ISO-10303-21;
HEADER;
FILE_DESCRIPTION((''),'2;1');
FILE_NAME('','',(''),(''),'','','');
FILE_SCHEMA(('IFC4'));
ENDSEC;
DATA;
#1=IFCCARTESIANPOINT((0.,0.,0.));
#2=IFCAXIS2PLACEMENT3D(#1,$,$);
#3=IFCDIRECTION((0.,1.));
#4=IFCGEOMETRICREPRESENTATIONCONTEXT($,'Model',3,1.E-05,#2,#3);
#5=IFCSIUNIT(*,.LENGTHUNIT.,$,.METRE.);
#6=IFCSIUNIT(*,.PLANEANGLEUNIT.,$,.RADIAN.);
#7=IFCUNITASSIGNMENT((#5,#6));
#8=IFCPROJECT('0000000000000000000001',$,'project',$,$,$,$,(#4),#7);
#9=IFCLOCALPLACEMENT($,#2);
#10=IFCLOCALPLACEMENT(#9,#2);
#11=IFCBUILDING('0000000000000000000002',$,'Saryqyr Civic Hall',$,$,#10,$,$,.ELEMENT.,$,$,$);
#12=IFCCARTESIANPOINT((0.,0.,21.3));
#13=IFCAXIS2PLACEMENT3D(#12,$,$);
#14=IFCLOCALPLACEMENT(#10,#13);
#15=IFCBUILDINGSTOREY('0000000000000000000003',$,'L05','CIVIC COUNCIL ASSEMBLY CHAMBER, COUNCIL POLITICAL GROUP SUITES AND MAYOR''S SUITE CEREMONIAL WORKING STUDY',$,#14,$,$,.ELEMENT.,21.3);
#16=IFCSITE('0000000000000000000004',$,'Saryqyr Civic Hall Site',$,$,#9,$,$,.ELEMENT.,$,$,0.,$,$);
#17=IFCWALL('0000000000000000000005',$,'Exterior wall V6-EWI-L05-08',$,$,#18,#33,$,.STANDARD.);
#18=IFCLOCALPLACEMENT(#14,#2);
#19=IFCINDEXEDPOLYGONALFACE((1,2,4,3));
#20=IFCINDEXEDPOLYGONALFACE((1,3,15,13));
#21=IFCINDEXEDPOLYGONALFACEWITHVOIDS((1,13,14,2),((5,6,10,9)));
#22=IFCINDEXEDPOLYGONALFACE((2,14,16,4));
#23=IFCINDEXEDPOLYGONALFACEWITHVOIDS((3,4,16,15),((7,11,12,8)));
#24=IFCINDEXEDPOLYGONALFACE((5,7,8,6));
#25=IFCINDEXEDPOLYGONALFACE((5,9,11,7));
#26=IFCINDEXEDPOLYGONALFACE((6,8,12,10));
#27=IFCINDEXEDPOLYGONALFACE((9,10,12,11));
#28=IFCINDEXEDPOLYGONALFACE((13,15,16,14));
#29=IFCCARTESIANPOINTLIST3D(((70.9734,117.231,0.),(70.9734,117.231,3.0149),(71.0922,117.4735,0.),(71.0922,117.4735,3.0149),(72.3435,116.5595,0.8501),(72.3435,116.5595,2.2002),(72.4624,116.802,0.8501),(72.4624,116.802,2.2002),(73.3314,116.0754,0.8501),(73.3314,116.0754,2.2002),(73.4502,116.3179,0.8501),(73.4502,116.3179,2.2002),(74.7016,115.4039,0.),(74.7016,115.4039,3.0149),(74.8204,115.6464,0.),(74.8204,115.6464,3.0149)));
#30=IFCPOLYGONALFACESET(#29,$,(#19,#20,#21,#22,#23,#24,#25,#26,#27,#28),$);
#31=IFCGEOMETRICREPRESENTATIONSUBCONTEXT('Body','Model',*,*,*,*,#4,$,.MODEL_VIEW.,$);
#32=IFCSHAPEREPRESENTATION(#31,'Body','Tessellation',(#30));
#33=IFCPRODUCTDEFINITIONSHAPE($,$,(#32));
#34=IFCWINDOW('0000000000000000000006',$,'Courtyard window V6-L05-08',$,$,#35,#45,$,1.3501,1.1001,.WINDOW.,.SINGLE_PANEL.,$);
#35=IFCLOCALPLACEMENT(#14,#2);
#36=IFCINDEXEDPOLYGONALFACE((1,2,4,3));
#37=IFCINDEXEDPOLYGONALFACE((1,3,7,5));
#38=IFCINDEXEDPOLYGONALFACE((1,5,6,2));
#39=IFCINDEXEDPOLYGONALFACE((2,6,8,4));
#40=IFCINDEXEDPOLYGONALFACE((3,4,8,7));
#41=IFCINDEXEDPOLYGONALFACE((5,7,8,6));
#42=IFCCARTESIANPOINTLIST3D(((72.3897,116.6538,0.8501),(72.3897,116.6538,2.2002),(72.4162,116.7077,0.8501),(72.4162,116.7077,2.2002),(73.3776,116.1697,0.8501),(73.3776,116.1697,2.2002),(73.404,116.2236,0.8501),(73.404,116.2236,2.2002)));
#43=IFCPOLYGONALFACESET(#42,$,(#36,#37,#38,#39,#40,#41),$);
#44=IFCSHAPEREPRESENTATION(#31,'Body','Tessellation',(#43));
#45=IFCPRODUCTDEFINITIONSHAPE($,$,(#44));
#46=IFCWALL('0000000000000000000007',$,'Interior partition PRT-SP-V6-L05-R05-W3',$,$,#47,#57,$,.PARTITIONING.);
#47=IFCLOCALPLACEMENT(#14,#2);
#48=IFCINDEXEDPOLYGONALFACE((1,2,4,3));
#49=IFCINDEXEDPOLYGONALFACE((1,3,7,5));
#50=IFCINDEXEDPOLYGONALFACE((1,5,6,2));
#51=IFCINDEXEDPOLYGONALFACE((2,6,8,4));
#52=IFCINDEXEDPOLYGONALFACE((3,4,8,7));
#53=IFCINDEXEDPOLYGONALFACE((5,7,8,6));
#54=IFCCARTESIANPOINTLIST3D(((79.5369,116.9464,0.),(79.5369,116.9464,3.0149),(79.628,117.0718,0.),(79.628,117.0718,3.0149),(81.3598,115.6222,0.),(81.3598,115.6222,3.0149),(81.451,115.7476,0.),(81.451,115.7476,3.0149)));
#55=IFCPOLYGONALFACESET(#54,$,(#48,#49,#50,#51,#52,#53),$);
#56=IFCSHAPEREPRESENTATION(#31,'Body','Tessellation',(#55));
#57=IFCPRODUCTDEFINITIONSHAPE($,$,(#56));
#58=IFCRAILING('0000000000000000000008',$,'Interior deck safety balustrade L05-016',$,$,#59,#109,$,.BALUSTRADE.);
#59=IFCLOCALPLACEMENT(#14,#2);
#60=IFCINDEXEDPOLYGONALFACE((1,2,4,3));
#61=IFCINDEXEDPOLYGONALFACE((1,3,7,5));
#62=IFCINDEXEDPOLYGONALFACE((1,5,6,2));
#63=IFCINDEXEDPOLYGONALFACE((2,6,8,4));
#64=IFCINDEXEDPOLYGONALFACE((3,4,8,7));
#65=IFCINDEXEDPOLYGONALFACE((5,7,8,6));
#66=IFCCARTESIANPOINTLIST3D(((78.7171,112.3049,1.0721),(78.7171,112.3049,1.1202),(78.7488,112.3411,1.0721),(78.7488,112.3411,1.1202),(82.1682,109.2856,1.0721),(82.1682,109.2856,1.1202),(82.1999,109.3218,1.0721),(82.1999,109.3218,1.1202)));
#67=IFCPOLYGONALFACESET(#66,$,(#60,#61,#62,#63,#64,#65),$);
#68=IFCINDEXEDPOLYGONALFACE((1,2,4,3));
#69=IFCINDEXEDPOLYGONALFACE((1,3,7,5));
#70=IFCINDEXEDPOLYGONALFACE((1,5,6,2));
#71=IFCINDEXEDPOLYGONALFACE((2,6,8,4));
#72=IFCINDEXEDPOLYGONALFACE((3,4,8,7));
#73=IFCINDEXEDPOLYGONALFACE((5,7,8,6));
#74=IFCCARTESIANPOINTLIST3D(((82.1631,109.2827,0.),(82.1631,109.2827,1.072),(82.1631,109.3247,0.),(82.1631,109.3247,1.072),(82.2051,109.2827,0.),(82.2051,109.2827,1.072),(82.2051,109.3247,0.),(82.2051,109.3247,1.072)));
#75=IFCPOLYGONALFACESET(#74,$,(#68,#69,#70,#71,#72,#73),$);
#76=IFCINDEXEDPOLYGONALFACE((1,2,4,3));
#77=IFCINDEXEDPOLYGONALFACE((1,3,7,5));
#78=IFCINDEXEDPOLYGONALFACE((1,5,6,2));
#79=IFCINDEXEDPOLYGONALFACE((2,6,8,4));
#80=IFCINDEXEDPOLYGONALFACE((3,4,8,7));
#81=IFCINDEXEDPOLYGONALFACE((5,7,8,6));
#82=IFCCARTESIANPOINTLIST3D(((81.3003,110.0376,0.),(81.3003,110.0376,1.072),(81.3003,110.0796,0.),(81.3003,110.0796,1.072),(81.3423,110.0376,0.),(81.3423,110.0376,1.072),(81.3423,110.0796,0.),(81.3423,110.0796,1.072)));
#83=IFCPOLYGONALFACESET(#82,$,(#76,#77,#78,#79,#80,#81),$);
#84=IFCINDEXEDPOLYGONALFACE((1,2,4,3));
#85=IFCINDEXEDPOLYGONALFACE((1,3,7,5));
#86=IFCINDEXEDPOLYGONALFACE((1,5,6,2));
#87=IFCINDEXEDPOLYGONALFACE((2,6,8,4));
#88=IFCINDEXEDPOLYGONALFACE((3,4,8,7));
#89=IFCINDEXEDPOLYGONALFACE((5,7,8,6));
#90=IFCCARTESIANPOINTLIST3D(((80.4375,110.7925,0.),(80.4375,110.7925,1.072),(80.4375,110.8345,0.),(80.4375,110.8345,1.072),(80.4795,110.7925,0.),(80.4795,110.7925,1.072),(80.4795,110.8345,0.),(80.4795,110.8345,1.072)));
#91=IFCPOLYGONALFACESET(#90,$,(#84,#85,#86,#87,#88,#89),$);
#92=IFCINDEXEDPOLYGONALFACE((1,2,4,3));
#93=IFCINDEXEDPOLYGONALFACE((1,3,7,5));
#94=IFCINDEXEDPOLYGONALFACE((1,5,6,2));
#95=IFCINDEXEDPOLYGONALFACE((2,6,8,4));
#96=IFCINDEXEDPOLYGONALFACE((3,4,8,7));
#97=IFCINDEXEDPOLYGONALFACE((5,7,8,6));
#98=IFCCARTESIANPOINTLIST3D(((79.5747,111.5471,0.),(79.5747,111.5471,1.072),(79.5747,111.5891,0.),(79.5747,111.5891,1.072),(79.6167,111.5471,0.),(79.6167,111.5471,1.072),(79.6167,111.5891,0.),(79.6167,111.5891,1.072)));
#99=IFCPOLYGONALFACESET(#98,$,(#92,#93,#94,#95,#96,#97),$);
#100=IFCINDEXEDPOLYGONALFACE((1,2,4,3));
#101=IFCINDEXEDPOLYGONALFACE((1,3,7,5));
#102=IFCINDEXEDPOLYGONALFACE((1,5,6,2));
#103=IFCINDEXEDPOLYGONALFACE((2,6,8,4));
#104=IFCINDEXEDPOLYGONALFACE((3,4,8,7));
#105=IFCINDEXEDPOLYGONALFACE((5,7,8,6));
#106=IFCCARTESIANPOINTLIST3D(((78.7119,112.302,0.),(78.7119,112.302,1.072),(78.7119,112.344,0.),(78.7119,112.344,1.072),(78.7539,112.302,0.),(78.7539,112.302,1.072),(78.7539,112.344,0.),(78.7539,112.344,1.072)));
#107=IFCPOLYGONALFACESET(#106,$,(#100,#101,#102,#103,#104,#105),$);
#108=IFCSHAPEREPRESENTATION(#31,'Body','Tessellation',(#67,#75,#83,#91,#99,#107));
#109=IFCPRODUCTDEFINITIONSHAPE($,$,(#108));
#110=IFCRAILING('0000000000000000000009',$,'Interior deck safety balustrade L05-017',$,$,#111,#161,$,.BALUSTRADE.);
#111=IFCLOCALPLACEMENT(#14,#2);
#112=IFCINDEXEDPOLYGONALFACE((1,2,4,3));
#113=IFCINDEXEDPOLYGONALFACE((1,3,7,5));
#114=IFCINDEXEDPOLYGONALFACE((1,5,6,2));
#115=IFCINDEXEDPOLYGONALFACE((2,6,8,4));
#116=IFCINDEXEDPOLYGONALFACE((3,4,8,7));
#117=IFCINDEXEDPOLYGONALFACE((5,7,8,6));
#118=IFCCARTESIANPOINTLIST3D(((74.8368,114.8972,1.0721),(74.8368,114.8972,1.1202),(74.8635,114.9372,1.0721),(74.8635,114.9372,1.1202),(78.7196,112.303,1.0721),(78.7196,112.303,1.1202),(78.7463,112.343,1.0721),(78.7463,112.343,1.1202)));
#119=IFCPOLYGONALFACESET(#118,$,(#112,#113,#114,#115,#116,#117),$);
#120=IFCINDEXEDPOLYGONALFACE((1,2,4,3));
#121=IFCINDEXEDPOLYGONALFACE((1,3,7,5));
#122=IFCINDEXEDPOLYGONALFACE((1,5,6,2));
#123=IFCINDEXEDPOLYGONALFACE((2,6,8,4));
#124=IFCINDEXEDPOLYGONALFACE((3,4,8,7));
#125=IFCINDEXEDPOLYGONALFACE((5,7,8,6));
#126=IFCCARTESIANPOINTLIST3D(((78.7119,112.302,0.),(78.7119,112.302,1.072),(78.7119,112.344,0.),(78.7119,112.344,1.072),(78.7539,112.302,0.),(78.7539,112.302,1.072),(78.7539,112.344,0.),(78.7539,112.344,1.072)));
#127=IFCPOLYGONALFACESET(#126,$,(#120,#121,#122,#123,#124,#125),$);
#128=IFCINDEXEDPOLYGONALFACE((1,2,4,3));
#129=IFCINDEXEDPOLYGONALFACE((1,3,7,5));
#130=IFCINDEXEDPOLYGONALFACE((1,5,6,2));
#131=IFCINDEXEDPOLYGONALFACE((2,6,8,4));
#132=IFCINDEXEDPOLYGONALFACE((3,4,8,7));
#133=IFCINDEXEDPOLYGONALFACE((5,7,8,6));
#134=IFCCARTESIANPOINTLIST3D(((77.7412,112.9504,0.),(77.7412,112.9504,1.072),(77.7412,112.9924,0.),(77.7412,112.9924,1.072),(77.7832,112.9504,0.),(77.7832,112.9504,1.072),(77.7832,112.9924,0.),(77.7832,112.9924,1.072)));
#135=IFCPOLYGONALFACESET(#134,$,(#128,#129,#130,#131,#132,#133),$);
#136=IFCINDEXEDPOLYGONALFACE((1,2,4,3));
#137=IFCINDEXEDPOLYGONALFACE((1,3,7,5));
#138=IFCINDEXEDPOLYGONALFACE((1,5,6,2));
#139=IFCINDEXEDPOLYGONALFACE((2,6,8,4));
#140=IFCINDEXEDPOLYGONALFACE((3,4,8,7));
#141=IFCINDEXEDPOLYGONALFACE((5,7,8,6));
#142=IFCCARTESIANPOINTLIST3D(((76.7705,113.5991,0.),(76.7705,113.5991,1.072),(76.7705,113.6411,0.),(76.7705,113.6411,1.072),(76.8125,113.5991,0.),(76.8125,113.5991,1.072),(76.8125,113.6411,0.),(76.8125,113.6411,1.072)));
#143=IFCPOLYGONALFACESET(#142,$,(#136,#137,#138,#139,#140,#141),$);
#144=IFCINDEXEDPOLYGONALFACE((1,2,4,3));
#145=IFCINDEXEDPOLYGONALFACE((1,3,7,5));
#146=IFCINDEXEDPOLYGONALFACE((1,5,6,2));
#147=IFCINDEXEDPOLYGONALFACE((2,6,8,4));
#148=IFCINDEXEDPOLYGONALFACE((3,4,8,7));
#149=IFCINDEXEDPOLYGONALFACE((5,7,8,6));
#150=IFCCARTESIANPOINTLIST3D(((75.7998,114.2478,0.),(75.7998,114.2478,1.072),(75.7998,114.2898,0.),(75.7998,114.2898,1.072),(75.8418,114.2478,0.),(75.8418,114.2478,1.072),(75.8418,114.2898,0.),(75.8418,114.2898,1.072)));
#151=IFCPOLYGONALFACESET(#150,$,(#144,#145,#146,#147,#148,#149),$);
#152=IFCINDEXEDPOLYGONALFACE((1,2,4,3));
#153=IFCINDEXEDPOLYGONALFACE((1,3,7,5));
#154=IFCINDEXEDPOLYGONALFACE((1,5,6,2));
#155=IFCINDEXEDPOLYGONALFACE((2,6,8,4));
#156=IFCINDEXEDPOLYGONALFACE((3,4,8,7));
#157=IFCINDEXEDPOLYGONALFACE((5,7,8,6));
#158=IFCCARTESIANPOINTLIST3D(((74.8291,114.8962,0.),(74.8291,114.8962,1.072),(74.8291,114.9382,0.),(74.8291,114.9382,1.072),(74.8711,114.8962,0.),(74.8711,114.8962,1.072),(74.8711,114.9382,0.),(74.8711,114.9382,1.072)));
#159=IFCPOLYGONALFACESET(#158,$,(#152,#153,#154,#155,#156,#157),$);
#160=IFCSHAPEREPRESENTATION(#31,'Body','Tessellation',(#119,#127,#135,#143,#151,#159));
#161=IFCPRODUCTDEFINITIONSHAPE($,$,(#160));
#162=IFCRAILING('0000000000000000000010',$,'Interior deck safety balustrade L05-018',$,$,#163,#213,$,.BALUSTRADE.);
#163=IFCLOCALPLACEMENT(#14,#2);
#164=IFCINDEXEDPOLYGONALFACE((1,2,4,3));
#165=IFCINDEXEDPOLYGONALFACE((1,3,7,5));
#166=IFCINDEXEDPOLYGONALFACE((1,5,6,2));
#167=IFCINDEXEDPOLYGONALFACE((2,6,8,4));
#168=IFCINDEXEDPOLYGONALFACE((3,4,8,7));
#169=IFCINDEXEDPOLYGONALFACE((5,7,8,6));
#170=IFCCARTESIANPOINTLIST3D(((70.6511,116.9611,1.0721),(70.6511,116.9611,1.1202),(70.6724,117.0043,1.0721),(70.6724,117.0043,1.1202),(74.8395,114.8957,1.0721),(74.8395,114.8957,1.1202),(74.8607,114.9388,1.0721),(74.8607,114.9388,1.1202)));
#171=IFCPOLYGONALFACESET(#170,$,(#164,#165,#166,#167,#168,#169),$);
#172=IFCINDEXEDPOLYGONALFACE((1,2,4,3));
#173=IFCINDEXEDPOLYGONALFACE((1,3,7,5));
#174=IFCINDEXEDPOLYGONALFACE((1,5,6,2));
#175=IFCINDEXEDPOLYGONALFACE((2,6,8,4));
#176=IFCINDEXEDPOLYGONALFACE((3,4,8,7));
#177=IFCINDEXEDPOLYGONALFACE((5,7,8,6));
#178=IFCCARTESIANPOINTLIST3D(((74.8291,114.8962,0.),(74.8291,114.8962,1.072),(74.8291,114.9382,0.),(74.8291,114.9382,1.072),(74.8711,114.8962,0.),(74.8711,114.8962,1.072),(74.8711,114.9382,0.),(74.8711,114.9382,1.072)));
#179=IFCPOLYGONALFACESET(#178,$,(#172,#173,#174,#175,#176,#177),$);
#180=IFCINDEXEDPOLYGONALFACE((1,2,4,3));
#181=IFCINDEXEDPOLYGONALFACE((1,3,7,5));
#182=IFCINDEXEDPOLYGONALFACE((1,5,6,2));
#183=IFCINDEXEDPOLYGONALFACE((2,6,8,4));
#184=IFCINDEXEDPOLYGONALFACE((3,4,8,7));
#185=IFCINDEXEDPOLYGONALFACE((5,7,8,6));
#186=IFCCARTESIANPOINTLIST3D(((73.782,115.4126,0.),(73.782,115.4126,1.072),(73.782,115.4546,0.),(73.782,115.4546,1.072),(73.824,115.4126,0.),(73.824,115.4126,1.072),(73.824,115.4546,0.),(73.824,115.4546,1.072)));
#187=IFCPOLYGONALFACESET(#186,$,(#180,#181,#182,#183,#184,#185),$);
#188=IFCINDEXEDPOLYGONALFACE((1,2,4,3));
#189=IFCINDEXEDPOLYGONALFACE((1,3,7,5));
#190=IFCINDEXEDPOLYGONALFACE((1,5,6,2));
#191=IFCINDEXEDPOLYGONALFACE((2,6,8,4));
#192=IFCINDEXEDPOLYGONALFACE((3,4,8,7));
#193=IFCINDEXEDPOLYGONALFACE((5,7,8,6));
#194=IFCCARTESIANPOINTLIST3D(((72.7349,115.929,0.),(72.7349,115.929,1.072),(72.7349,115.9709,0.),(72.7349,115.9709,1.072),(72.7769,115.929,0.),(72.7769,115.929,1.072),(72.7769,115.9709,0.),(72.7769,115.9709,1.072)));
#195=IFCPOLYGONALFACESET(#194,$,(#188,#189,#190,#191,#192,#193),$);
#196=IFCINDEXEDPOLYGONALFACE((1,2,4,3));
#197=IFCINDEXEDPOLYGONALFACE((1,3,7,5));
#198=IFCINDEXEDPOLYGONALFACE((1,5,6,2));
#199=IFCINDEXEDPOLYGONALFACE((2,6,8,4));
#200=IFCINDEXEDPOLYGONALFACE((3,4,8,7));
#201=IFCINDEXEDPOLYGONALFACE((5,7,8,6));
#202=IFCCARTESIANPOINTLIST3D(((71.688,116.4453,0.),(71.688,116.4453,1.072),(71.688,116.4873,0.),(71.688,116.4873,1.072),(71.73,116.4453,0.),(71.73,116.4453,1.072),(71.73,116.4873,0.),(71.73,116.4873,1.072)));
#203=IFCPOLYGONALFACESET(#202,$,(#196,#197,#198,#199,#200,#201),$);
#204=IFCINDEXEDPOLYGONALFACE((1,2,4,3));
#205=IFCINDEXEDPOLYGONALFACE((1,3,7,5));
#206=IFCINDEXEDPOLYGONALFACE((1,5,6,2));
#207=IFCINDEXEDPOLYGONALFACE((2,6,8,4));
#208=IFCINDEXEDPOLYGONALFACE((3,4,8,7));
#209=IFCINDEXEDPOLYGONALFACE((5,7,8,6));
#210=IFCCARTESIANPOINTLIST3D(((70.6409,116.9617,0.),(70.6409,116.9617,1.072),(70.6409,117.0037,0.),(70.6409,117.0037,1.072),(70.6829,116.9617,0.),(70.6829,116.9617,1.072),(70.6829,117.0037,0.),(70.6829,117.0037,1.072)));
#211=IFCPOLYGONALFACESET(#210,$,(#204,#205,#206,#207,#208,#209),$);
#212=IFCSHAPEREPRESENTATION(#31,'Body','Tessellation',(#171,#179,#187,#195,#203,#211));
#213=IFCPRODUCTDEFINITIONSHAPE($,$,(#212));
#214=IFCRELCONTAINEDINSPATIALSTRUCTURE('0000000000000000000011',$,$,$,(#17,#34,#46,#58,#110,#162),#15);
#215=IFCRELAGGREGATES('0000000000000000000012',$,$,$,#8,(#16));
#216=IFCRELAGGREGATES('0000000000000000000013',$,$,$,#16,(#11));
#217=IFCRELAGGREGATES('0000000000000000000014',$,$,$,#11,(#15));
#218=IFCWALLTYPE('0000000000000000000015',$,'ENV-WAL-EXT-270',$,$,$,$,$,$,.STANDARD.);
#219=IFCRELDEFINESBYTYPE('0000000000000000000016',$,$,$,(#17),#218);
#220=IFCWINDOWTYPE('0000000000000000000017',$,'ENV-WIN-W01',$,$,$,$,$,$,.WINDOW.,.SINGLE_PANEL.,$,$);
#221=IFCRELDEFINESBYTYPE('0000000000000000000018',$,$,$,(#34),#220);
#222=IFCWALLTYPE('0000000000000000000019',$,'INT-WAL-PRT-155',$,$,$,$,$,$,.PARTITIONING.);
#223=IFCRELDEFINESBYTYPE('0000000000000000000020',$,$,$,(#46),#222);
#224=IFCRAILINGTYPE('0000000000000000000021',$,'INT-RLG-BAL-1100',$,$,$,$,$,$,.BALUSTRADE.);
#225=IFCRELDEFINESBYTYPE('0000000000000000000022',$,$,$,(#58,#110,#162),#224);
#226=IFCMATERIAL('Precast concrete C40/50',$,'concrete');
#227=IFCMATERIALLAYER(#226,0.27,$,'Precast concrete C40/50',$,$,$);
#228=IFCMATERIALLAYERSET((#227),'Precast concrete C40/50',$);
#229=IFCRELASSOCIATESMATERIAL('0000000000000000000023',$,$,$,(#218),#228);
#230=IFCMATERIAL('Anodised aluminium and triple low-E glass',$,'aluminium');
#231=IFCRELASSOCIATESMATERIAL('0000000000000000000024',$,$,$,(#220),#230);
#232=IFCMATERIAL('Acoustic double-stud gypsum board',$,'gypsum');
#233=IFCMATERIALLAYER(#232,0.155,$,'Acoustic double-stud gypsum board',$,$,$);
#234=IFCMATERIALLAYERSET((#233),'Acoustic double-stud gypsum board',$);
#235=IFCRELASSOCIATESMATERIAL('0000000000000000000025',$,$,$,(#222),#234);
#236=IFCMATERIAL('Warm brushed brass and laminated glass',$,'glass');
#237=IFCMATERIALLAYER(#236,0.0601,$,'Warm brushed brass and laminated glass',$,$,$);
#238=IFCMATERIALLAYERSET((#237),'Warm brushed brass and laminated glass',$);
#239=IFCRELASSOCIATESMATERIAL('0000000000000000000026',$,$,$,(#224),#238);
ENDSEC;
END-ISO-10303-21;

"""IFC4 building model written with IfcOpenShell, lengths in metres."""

from ifc_helpers import new_model, si_unit, direction, frame, frame_2d, origin, origin_2d, place, context, subcontext, project, spatial, rectangle, extrude, material, layer, layer_set, type_object, element, fill, save


model = new_model("IFC4")

# Units and contexts
model_context = context("Model", 3, precision=1e-05, world=origin(), true_north=direction((0.0, 1.0)))
body_context = subcontext(model_context, "Body", "Model", "MODEL_VIEW")
ifc_project = project(units=[si_unit("LENGTHUNIT", "METRE"), si_unit("PLANEANGLEUNIT", "RADIAN")], contexts=[model_context])

# Site, building, storey
site_placement = place(None, origin())
site = spatial("IfcSite", under=ifc_project, at=site_placement, Name="Saryqyr Civic Hall Site", CompositionType="ELEMENT", RefElevation=0.0)
building_placement = place(site_placement, origin())
building = spatial("IfcBuilding", under=site, at=building_placement, Name="Saryqyr Civic Hall", CompositionType="ELEMENT")
storey_placement = place(building_placement, frame((0.0, 0.0, 21.3)))
storey = spatial("IfcBuildingStorey", under=building, at=storey_placement, Name="L05", Description="CIVIC COUNCIL ASSEMBLY CHAMBER, COUNCIL POLITICAL GROUP SUITES AND MAYOR'S SUITE CEREMONIAL WORKING STUDY", CompositionType="ELEMENT", Elevation=21.3)

# Shared definitions
ifc_material_1 = material(Name="Anodised aluminium and triple low-E glass", Category="aluminium")

# Wall, opening, window
ifc_material_2 = material(Name="Precast concrete C40/50", Category="concrete")
ifc_layer_1 = layer(ifc_material_2, 0.27, Name="Precast concrete C40/50")
ifc_layer_set_1 = layer_set([ifc_layer_1], Name="Precast concrete C40/50")
wall_type_1 = type_object("IfcWallType", Name="ENV-WAL-EXT-270", PredefinedType="STANDARD", material=ifc_layer_set_1)
wall_1_placement = place(storey_placement, frame((74.761, 115.5251, 0.0), z_axis=(0.0, 0.0, 1.0), x_axis=(-0.897962, 0.440073, 0.0)))
wall_1 = element("IfcWall", 1, at=wall_1_placement, inside=storey, type_object=wall_type_1, Name="Exterior wall V6-EWI-L05-08", PredefinedType="STANDARD", context=body_context, shape_type="SweptSolid", body=[
    extrude(rectangle(XDim=4.1519, YDim=0.27, at=frame_2d((2.0759, 0.0))), origin(), (0.0, 0.0, 1.0), 3.0149),
])
opening_placement = place(wall_1_placement, frame((1.5259, 0.0, 0.8501)))
opening = element("IfcOpeningElement", 2, at=opening_placement, cuts=wall_1, PredefinedType="OPENING", context=body_context, shape_type="SweptSolid", body=[
    extrude(rectangle(XDim=1.1001, YDim=1.3501, at=frame_2d((0.55, 0.675))), frame((0.0, 0.145, 0.0), z_axis=(0.0, -1.0, 0.0), x_axis=(1.0, 0.0, 0.0)), (0.0, 0.0, 1.0), 0.29),
])
window_type = type_object("IfcWindowType", Name="ENV-WIN-W01", PartitioningType="SINGLE_PANEL", PredefinedType="WINDOW", material=ifc_material_1)
window_placement = place(opening_placement, origin())
window = element("IfcWindow", 3, at=window_placement, inside=storey, type_object=window_type, Name="Courtyard window V6-L05-08", OverallHeight=1.3501, OverallWidth=1.1001, PartitioningType="SINGLE_PANEL", PredefinedType="WINDOW", context=body_context, shape_type="SweptSolid", body=[
    extrude(rectangle(XDim=1.1001, YDim=1.3501, at=frame_2d((0.55, 0.675))), frame((0.0, 0.03, 0.0), z_axis=(0.0, -1.0, 0.0), x_axis=(1.0, 0.0, 0.0)), (0.0, 0.0, 1.0), 0.0601),
])
fill(opening, window)

# Wall
ifc_material_3 = material(Name="Acoustic double-stud gypsum board", Category="gypsum")
ifc_layer_2 = layer(ifc_material_3, 0.155, Name="Acoustic double-stud gypsum board")
ifc_layer_set_2 = layer_set([ifc_layer_2], Name="Acoustic double-stud gypsum board")
wall_type_2 = type_object("IfcWallType", Name="INT-WAL-PRT-155", PredefinedType="PARTITIONING", material=ifc_layer_set_2)
wall_2_placement = place(storey_placement, frame((79.5825, 117.009, 0.0), z_axis=(0.0, 0.0, 1.0), x_axis=(0.809073, -0.587708, 0.0)))
element("IfcWall", 4, at=wall_2_placement, inside=storey, type_object=wall_type_2, Name="Interior partition PRT-SP-V6-L05-R05-W3", PredefinedType="PARTITIONING", context=body_context, shape_type="SweptSolid", body=[
    extrude(rectangle(XDim=2.2532, YDim=0.155, at=frame_2d((1.1265, 0.0))), origin(), (0.0, 0.0, 1.0), 3.0149),
])

# Railings
ifc_material_4 = material(Name="Warm brushed brass and laminated glass", Category="glass")
ifc_layer_3 = layer(ifc_material_4, 0.0601, Name="Warm brushed brass and laminated glass")
ifc_layer_set_3 = layer_set([ifc_layer_3], Name="Warm brushed brass and laminated glass")
railing_type = type_object("IfcRailingType", Name="INT-RLG-BAL-1100", PredefinedType="BALUSTRADE", material=ifc_layer_set_3)
railing_1_placement = place(storey_placement, frame((82.1841, 109.3037, 0.0)))
element("IfcRailing", 5, at=railing_1_placement, inside=storey, type_object=railing_type, Name="Interior deck safety balustrade L05-016", PredefinedType="BALUSTRADE", context=body_context, shape_type="SweptSolid", body=[
    extrude(rectangle(XDim=0.0481, YDim=0.0481, at=origin_2d()), frame((0.0, 0.0, 1.0962), z_axis=(-0.752629, 0.658444, 0.0), x_axis=(-0.658444, -0.752629, 0.0)), (0.0, 0.0, 1.0), 4.5854),
    extrude(rectangle(XDim=0.042, YDim=0.042, at=origin_2d()), origin(), (0.0, 0.0, 1.0), 1.072),
    extrude(rectangle(XDim=0.042, YDim=0.042, at=origin_2d()), frame((-0.8628, 0.7549, 0.0)), (0.0, 0.0, 1.0), 1.072),
    extrude(rectangle(XDim=0.042, YDim=0.042, at=origin_2d()), frame((-1.7256, 1.5098, 0.0)), (0.0, 0.0, 1.0), 1.072),
    extrude(rectangle(XDim=0.042, YDim=0.042, at=origin_2d()), frame((-2.5884, 2.2644, 0.0)), (0.0, 0.0, 1.0), 1.072),
    extrude(rectangle(XDim=0.042, YDim=0.042, at=origin_2d()), frame((-3.4512, 3.0193, 0.0)), (0.0, 0.0, 1.0), 1.072),
])
railing_2_placement = place(storey_placement, frame((78.7329, 112.323, 0.0)))
element("IfcRailing", 6, at=railing_2_placement, inside=storey, type_object=railing_type, Name="Interior deck safety balustrade L05-017", PredefinedType="BALUSTRADE", context=body_context, shape_type="SweptSolid", body=[
    extrude(rectangle(XDim=0.0481, YDim=0.0481, at=origin_2d()), frame((0.0, 0.0, 1.0962), z_axis=(-0.831487, 0.555544, 0.0), x_axis=(-0.555544, -0.831487, 0.0)), (0.0, 0.0, 1.0), 4.6697),
    extrude(rectangle(XDim=0.042, YDim=0.042, at=origin_2d()), origin(), (0.0, 0.0, 1.0), 1.072),
    extrude(rectangle(XDim=0.042, YDim=0.042, at=origin_2d()), frame((-0.9707, 0.6484, 0.0)), (0.0, 0.0, 1.0), 1.072),
    extrude(rectangle(XDim=0.042, YDim=0.042, at=origin_2d()), frame((-1.9414, 1.2971, 0.0)), (0.0, 0.0, 1.0), 1.072),
    extrude(rectangle(XDim=0.042, YDim=0.042, at=origin_2d()), frame((-2.9121, 1.9458, 0.0)), (0.0, 0.0, 1.0), 1.072),
    extrude(rectangle(XDim=0.042, YDim=0.042, at=origin_2d()), frame((-3.8828, 2.5942, 0.0)), (0.0, 0.0, 1.0), 1.072),
])
railing_3_placement = place(storey_placement, frame((74.8501, 114.9172, 0.0)))
element("IfcRailing", 7, at=railing_3_placement, inside=storey, type_object=railing_type, Name="Interior deck safety balustrade L05-018", PredefinedType="BALUSTRADE", context=body_context, shape_type="SweptSolid", body=[
    extrude(rectangle(XDim=0.0481, YDim=0.0481, at=origin_2d()), frame((0.0, 0.0, 1.0962), z_axis=(-0.896871, 0.442292, 0.0), x_axis=(-0.442292, -0.896871, 0.0)), (0.0, 0.0, 1.0), 4.6699),
    extrude(rectangle(XDim=0.042, YDim=0.042, at=origin_2d()), origin(), (0.0, 0.0, 1.0), 1.072),
    extrude(rectangle(XDim=0.042, YDim=0.042, at=origin_2d()), frame((-1.0471, 0.5164, 0.0)), (0.0, 0.0, 1.0), 1.072),
    extrude(rectangle(XDim=0.042, YDim=0.042, at=origin_2d()), frame((-2.0942, 1.0327, 0.0)), (0.0, 0.0, 1.0), 1.072),
    extrude(rectangle(XDim=0.042, YDim=0.042, at=origin_2d()), frame((-3.1411, 1.5491, 0.0)), (0.0, 0.0, 1.0), 1.072),
    extrude(rectangle(XDim=0.042, YDim=0.042, at=origin_2d()), frame((-4.1882, 2.0654, 0.0)), (0.0, 0.0, 1.0), 1.072),
])

save(model, "model.ifc")
